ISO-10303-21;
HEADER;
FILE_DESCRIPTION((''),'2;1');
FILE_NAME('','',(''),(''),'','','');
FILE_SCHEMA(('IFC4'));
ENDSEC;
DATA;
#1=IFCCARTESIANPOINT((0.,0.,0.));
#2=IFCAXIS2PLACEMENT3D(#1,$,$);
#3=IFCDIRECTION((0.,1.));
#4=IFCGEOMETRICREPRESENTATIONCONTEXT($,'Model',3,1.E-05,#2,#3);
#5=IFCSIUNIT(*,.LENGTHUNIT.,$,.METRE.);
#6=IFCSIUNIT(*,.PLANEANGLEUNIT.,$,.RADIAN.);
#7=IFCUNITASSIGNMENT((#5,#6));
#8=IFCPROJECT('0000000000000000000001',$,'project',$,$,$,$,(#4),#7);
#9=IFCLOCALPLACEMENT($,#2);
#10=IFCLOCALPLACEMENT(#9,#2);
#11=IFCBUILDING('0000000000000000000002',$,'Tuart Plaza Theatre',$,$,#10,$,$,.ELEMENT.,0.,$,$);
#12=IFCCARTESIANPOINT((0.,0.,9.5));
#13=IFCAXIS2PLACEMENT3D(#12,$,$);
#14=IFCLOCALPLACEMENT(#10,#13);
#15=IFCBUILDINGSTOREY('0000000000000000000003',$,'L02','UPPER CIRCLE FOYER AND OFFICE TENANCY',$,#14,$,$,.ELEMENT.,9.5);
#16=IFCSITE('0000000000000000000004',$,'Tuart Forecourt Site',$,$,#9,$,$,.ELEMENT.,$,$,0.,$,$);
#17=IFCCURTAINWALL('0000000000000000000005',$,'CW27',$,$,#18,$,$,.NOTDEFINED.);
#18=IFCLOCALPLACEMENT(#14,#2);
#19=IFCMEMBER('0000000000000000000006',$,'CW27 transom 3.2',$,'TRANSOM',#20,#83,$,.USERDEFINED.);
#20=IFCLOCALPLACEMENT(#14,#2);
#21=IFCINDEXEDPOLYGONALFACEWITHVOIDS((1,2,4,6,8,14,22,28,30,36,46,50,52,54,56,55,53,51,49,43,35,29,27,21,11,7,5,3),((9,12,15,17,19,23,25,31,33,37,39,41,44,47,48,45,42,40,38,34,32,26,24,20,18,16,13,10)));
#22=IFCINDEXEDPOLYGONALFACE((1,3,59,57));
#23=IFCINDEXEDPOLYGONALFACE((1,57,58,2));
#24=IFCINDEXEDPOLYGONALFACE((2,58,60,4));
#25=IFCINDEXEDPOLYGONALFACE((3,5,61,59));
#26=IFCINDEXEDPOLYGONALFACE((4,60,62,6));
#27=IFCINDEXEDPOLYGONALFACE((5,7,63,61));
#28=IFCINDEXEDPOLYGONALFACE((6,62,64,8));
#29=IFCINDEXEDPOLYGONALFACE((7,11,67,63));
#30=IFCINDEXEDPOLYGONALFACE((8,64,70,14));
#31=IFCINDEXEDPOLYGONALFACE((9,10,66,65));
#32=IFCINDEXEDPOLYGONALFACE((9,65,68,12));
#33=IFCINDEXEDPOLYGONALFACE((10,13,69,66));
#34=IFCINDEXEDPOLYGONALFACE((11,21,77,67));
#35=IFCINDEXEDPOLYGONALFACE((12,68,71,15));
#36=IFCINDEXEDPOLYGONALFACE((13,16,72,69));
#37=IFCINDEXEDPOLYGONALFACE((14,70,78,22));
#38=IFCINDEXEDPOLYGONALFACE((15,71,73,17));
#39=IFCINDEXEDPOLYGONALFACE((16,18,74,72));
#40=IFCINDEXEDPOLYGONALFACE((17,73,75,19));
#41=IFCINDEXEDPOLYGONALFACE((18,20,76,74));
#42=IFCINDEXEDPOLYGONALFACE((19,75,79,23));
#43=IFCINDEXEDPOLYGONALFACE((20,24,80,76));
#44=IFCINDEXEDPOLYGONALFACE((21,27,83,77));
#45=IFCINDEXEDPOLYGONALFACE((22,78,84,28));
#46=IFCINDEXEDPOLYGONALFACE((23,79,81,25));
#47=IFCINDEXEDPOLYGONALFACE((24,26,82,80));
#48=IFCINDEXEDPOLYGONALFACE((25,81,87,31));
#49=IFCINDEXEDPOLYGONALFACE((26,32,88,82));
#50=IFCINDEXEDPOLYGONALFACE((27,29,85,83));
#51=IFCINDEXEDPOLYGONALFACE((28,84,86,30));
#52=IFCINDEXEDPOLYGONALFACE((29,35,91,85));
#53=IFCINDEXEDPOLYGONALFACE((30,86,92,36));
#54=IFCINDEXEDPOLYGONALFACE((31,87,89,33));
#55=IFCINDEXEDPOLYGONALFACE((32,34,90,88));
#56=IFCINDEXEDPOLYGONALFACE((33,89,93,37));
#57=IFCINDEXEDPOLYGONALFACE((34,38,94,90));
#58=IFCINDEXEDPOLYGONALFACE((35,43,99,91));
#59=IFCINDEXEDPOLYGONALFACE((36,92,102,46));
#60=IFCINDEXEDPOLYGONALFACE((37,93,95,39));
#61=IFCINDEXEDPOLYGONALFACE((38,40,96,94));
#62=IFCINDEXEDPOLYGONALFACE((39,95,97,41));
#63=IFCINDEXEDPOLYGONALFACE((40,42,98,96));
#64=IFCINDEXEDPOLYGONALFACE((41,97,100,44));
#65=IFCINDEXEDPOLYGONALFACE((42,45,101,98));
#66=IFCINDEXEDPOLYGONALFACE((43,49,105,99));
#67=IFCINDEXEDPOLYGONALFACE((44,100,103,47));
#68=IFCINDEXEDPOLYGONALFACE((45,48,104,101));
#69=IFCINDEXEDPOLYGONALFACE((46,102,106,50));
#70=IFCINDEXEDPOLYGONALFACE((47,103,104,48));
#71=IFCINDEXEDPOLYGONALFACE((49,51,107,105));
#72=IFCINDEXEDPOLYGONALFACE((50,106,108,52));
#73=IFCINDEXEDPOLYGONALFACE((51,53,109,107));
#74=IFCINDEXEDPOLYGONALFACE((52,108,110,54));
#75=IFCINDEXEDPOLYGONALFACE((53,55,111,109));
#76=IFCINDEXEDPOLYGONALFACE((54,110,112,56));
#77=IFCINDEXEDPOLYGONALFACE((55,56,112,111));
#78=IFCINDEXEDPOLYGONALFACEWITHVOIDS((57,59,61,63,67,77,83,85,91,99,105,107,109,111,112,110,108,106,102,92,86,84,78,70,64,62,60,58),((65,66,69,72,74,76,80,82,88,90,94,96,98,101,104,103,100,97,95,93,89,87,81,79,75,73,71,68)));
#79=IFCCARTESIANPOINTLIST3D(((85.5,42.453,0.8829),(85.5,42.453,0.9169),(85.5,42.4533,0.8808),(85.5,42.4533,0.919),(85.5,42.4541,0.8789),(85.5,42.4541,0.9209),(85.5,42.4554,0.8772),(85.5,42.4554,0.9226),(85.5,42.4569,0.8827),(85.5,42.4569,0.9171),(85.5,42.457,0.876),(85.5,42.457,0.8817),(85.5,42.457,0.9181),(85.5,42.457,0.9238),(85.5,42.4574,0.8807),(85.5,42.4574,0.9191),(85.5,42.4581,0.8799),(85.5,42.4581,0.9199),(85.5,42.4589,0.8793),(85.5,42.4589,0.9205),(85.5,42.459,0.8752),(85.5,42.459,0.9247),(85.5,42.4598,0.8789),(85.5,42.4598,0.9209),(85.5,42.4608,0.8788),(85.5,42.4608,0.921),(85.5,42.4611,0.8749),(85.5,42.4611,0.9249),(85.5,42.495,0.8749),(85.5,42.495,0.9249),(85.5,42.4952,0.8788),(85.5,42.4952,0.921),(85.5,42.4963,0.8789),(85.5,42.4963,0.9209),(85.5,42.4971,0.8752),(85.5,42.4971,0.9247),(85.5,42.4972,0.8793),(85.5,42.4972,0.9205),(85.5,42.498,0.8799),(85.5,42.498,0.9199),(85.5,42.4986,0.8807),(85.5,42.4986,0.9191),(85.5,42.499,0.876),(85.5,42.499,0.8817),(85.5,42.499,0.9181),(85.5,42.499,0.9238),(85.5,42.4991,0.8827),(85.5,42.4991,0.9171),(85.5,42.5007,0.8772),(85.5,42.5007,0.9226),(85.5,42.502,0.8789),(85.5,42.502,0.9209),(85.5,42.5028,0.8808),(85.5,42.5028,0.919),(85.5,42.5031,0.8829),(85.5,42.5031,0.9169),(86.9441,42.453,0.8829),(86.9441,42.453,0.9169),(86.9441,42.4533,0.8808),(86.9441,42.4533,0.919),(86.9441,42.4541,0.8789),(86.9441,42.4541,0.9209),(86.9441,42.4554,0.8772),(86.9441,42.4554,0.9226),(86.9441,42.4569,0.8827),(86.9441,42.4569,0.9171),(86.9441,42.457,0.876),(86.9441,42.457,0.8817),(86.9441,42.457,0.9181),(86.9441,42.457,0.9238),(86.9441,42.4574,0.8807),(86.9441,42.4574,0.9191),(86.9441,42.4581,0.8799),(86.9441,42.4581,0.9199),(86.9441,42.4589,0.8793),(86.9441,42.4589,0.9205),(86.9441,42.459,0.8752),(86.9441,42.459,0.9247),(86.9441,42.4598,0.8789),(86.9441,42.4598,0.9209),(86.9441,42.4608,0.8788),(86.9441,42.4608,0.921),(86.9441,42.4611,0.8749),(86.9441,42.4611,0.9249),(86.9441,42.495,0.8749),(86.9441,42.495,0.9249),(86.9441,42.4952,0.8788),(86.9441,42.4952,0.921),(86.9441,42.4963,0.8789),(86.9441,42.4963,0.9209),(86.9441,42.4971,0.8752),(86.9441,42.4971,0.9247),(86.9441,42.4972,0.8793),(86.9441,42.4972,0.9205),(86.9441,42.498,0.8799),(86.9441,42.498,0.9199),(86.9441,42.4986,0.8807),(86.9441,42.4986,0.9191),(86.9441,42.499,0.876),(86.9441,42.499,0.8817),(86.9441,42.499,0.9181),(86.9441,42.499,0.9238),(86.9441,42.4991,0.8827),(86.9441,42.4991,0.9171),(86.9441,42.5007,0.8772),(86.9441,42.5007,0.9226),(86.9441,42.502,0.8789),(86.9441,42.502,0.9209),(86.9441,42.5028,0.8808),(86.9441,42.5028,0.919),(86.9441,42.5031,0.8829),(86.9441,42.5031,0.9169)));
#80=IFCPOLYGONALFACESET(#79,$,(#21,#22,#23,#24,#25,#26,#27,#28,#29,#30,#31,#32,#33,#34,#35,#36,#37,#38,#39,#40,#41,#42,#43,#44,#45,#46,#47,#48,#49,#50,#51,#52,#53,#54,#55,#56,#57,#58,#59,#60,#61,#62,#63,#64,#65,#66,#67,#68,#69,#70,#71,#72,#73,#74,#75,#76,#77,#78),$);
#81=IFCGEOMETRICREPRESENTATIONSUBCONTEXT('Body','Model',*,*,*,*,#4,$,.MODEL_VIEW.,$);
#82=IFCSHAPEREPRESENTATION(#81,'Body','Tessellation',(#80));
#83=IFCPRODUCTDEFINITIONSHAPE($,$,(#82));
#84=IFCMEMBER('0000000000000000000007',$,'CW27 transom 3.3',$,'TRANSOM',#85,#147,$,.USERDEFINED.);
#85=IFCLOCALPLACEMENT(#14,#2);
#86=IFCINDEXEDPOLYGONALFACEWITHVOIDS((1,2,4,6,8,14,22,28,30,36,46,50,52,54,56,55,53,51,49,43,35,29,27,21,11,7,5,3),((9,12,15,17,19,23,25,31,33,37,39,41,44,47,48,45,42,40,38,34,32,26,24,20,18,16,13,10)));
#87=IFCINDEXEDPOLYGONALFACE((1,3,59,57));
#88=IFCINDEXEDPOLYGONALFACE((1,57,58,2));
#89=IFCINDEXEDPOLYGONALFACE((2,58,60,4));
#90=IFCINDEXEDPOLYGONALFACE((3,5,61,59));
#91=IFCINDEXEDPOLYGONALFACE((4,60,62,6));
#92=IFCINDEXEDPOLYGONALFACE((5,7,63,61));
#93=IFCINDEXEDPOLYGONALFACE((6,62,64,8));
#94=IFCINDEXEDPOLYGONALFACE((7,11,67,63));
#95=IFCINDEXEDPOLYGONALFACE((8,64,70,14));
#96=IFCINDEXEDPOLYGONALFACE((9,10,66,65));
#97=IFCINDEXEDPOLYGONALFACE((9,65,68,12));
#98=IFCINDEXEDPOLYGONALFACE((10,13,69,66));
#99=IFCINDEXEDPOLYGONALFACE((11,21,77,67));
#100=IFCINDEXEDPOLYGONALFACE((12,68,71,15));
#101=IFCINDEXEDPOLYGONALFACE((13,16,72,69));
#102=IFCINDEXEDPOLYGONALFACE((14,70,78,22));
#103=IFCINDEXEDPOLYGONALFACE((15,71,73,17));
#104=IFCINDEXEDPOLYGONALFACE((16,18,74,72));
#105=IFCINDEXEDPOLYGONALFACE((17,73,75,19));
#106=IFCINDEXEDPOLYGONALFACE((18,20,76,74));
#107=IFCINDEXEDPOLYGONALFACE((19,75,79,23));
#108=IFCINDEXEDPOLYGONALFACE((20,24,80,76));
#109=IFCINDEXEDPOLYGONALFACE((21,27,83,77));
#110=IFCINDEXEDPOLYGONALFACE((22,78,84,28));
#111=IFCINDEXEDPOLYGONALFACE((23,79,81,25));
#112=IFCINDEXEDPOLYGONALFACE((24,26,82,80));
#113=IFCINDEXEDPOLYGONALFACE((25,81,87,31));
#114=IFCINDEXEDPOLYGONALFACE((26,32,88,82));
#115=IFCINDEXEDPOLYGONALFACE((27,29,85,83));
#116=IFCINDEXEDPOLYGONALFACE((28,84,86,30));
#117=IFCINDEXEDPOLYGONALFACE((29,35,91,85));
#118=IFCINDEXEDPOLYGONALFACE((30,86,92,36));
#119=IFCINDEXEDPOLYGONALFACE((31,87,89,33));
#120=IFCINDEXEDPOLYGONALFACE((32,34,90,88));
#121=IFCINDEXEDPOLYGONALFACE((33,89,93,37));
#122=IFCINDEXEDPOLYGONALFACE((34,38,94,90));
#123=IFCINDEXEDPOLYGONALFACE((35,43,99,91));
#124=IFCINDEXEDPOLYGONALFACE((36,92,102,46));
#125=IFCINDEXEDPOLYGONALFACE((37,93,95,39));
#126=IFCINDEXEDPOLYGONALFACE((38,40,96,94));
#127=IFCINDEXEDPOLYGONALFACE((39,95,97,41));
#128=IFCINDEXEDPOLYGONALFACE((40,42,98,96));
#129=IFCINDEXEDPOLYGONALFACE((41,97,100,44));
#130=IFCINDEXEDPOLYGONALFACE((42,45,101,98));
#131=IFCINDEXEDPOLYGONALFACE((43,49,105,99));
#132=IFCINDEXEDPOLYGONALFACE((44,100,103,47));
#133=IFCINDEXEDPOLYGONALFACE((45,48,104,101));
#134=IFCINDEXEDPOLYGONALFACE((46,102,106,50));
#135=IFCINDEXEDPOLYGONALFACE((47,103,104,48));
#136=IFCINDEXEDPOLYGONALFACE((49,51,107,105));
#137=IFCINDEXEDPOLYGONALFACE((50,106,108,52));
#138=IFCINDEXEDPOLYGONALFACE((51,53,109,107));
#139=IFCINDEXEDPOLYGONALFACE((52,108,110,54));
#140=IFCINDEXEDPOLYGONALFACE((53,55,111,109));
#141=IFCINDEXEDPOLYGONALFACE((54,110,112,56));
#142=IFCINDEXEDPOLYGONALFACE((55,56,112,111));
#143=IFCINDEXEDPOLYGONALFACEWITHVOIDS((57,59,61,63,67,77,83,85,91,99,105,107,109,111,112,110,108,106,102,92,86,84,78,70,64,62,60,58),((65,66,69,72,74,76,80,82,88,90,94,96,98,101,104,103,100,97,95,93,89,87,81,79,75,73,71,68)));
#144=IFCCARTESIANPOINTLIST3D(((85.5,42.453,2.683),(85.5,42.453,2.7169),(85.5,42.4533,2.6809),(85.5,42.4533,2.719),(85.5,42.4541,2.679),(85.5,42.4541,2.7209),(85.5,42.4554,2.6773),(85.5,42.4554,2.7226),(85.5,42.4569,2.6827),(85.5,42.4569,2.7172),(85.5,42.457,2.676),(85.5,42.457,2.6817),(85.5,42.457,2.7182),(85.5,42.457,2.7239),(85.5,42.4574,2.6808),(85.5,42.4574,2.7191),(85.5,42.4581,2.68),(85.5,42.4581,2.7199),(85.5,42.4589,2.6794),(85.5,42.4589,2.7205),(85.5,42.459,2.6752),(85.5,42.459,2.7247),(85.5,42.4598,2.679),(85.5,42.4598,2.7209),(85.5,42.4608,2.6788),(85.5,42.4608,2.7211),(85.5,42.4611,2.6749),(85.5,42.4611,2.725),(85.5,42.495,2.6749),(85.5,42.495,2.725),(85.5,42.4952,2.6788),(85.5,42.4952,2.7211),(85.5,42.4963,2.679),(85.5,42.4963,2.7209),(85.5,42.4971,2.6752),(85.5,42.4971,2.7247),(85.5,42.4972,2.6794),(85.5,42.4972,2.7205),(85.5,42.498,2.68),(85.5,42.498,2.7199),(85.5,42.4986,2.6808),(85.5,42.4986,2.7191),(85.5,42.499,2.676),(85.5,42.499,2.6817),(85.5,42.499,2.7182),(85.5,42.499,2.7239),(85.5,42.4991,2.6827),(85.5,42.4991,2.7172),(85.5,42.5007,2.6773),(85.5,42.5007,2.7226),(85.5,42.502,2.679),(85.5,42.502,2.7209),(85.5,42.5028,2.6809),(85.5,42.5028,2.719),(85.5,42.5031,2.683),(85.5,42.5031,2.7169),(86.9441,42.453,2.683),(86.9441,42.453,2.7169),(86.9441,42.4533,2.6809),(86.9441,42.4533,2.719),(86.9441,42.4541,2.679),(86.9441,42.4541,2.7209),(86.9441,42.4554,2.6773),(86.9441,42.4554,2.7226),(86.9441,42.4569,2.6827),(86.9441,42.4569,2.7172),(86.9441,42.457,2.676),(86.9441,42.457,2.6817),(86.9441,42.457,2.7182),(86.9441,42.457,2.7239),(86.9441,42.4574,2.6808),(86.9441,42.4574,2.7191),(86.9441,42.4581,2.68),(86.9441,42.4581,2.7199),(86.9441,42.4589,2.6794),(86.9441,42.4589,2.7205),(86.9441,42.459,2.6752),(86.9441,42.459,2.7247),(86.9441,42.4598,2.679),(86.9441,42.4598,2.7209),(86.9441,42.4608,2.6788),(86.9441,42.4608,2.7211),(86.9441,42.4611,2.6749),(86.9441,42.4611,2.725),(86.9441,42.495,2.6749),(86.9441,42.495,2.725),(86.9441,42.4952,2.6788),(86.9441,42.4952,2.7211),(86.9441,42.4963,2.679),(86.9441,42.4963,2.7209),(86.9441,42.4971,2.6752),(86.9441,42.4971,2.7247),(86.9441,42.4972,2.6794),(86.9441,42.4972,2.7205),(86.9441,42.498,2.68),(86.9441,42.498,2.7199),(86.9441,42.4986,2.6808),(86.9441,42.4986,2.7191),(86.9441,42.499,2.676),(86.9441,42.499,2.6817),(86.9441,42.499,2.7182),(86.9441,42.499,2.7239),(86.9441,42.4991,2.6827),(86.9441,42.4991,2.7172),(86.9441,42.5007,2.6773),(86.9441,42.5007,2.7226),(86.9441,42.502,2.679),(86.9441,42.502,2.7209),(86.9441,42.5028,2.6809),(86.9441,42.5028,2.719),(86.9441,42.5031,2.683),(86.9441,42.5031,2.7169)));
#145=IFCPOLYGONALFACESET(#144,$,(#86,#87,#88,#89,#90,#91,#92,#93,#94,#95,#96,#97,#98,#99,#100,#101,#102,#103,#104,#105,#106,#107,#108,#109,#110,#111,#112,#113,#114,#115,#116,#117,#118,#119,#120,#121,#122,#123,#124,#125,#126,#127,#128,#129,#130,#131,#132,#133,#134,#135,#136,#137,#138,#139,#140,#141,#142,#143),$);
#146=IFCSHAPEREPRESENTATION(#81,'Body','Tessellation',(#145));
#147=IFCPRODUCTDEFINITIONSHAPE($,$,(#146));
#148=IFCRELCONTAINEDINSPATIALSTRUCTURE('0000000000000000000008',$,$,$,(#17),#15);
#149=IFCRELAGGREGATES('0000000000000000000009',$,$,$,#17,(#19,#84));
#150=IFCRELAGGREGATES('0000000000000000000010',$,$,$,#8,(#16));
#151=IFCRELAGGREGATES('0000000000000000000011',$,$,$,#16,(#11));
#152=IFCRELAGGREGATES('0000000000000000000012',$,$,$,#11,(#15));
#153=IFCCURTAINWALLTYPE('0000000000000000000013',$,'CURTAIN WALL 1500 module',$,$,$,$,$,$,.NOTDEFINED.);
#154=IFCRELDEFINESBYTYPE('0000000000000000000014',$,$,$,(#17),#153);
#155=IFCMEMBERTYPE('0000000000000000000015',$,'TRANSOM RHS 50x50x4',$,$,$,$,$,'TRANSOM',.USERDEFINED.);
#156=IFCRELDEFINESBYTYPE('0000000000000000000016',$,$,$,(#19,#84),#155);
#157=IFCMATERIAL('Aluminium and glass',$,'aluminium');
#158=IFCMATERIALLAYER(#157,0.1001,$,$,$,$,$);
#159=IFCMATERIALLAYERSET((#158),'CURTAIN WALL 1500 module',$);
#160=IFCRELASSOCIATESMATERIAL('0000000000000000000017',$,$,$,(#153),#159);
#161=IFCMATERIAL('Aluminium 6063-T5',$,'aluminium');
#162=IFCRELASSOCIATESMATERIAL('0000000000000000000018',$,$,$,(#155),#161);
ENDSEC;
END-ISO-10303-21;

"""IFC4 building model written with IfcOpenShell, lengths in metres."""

from ifc_helpers import new_model, si_unit, direction, frame, origin, origin_2d, place, context, subcontext, project, spatial, hollow_rectangle, extrude, material, layer, layer_set, material_profile, profile_set, type_object, element, aggregate, save


model = new_model("IFC4")

# Units and contexts
model_context = context("Model", 3, precision=1e-05, world=origin(), true_north=direction((0.0, 1.0)))
body_context = subcontext(model_context, "Body", "Model", "MODEL_VIEW")
ifc_project = project(units=[si_unit("LENGTHUNIT", "METRE"), si_unit("PLANEANGLEUNIT", "RADIAN")], contexts=[model_context])

# Site, building, storey
site_placement = place(None, origin())
site = spatial("IfcSite", under=ifc_project, at=site_placement, Name="Tuart Forecourt Site", CompositionType="ELEMENT", RefElevation=0.0)
building_placement = place(site_placement, origin())
building = spatial("IfcBuilding", under=site, at=building_placement, Name="Tuart Plaza Theatre", CompositionType="ELEMENT", ElevationOfRefHeight=0.0)
storey_placement = place(building_placement, frame((0.0, 0.0, 9.5)))
storey = spatial("IfcBuildingStorey", under=building, at=storey_placement, Name="L02", Description="UPPER CIRCLE FOYER AND OFFICE TENANCY", CompositionType="ELEMENT", Elevation=9.5)

# Curtain wall, members
ifc_material_1 = material(Name="Aluminium and glass", Category="aluminium")
ifc_layer_1 = layer(ifc_material_1, 0.1001)
ifc_layer_set_1 = layer_set([ifc_layer_1], Name="CURTAIN WALL 1500 module")
curtain_wall_type = type_object("IfcCurtainWallType", Name="CURTAIN WALL 1500 module", PredefinedType="NOTDEFINED", material=ifc_layer_set_1)
curtain_wall_placement = place(storey_placement, origin())
curtain_wall = element("IfcCurtainWall", 1, at=curtain_wall_placement, inside=storey, type_object=curtain_wall_type, Name="CW27", PredefinedType="NOTDEFINED")
ifc_material_2 = material(Name="Aluminium 6063-T5", Category="aluminium")
ifc_material_profile_1 = material_profile(ifc_material_2, hollow_rectangle(XDim=0.05, YDim=0.05, WallThickness=0.0039, InnerFilletRadius=0.0039, OuterFilletRadius=0.0081, at=origin_2d()), Name="RHS 50x50x4")
ifc_profile_set_1 = profile_set([ifc_material_profile_1], Name="Aluminium 6063-T5")
member_type_1 = type_object("IfcMemberType", Name="TRANSOM RHS 50x50x4", ElementType="TRANSOM", PredefinedType="USERDEFINED", material=ifc_profile_set_1)
member_1_placement = place(storey_placement, frame((85.5, 42.478, 0.8999), z_axis=(1.0, 0.0, 0.0), x_axis=(0.0, 1.0, 0.0)))
member_1 = element("IfcMember", 2, at=member_1_placement, type_object=member_type_1, Name="CW27 transom 3.2", ObjectType="TRANSOM", PredefinedType="USERDEFINED", context=body_context, shape_type="SweptSolid", body=[
    extrude(hollow_rectangle(XDim=0.05, YDim=0.05, WallThickness=0.0039, InnerFilletRadius=0.0039, OuterFilletRadius=0.0081, at=origin_2d()), origin(), (0.0, 0.0, 1.0), 1.4441),
])
member_2_placement = place(storey_placement, frame((85.5, 42.478, 2.7), z_axis=(1.0, 0.0, 0.0), x_axis=(0.0, 1.0, 0.0)))
member_2 = element("IfcMember", 3, at=member_2_placement, type_object=member_type_1, Name="CW27 transom 3.3", ObjectType="TRANSOM", PredefinedType="USERDEFINED", context=body_context, shape_type="SweptSolid", body=[
    extrude(hollow_rectangle(XDim=0.05, YDim=0.05, WallThickness=0.0039, InnerFilletRadius=0.0039, OuterFilletRadius=0.0081, at=origin_2d()), origin(), (0.0, 0.0, 1.0), 1.4441),
])
aggregate(curtain_wall, [member_1, member_2])

save(model, "model.ifc")
